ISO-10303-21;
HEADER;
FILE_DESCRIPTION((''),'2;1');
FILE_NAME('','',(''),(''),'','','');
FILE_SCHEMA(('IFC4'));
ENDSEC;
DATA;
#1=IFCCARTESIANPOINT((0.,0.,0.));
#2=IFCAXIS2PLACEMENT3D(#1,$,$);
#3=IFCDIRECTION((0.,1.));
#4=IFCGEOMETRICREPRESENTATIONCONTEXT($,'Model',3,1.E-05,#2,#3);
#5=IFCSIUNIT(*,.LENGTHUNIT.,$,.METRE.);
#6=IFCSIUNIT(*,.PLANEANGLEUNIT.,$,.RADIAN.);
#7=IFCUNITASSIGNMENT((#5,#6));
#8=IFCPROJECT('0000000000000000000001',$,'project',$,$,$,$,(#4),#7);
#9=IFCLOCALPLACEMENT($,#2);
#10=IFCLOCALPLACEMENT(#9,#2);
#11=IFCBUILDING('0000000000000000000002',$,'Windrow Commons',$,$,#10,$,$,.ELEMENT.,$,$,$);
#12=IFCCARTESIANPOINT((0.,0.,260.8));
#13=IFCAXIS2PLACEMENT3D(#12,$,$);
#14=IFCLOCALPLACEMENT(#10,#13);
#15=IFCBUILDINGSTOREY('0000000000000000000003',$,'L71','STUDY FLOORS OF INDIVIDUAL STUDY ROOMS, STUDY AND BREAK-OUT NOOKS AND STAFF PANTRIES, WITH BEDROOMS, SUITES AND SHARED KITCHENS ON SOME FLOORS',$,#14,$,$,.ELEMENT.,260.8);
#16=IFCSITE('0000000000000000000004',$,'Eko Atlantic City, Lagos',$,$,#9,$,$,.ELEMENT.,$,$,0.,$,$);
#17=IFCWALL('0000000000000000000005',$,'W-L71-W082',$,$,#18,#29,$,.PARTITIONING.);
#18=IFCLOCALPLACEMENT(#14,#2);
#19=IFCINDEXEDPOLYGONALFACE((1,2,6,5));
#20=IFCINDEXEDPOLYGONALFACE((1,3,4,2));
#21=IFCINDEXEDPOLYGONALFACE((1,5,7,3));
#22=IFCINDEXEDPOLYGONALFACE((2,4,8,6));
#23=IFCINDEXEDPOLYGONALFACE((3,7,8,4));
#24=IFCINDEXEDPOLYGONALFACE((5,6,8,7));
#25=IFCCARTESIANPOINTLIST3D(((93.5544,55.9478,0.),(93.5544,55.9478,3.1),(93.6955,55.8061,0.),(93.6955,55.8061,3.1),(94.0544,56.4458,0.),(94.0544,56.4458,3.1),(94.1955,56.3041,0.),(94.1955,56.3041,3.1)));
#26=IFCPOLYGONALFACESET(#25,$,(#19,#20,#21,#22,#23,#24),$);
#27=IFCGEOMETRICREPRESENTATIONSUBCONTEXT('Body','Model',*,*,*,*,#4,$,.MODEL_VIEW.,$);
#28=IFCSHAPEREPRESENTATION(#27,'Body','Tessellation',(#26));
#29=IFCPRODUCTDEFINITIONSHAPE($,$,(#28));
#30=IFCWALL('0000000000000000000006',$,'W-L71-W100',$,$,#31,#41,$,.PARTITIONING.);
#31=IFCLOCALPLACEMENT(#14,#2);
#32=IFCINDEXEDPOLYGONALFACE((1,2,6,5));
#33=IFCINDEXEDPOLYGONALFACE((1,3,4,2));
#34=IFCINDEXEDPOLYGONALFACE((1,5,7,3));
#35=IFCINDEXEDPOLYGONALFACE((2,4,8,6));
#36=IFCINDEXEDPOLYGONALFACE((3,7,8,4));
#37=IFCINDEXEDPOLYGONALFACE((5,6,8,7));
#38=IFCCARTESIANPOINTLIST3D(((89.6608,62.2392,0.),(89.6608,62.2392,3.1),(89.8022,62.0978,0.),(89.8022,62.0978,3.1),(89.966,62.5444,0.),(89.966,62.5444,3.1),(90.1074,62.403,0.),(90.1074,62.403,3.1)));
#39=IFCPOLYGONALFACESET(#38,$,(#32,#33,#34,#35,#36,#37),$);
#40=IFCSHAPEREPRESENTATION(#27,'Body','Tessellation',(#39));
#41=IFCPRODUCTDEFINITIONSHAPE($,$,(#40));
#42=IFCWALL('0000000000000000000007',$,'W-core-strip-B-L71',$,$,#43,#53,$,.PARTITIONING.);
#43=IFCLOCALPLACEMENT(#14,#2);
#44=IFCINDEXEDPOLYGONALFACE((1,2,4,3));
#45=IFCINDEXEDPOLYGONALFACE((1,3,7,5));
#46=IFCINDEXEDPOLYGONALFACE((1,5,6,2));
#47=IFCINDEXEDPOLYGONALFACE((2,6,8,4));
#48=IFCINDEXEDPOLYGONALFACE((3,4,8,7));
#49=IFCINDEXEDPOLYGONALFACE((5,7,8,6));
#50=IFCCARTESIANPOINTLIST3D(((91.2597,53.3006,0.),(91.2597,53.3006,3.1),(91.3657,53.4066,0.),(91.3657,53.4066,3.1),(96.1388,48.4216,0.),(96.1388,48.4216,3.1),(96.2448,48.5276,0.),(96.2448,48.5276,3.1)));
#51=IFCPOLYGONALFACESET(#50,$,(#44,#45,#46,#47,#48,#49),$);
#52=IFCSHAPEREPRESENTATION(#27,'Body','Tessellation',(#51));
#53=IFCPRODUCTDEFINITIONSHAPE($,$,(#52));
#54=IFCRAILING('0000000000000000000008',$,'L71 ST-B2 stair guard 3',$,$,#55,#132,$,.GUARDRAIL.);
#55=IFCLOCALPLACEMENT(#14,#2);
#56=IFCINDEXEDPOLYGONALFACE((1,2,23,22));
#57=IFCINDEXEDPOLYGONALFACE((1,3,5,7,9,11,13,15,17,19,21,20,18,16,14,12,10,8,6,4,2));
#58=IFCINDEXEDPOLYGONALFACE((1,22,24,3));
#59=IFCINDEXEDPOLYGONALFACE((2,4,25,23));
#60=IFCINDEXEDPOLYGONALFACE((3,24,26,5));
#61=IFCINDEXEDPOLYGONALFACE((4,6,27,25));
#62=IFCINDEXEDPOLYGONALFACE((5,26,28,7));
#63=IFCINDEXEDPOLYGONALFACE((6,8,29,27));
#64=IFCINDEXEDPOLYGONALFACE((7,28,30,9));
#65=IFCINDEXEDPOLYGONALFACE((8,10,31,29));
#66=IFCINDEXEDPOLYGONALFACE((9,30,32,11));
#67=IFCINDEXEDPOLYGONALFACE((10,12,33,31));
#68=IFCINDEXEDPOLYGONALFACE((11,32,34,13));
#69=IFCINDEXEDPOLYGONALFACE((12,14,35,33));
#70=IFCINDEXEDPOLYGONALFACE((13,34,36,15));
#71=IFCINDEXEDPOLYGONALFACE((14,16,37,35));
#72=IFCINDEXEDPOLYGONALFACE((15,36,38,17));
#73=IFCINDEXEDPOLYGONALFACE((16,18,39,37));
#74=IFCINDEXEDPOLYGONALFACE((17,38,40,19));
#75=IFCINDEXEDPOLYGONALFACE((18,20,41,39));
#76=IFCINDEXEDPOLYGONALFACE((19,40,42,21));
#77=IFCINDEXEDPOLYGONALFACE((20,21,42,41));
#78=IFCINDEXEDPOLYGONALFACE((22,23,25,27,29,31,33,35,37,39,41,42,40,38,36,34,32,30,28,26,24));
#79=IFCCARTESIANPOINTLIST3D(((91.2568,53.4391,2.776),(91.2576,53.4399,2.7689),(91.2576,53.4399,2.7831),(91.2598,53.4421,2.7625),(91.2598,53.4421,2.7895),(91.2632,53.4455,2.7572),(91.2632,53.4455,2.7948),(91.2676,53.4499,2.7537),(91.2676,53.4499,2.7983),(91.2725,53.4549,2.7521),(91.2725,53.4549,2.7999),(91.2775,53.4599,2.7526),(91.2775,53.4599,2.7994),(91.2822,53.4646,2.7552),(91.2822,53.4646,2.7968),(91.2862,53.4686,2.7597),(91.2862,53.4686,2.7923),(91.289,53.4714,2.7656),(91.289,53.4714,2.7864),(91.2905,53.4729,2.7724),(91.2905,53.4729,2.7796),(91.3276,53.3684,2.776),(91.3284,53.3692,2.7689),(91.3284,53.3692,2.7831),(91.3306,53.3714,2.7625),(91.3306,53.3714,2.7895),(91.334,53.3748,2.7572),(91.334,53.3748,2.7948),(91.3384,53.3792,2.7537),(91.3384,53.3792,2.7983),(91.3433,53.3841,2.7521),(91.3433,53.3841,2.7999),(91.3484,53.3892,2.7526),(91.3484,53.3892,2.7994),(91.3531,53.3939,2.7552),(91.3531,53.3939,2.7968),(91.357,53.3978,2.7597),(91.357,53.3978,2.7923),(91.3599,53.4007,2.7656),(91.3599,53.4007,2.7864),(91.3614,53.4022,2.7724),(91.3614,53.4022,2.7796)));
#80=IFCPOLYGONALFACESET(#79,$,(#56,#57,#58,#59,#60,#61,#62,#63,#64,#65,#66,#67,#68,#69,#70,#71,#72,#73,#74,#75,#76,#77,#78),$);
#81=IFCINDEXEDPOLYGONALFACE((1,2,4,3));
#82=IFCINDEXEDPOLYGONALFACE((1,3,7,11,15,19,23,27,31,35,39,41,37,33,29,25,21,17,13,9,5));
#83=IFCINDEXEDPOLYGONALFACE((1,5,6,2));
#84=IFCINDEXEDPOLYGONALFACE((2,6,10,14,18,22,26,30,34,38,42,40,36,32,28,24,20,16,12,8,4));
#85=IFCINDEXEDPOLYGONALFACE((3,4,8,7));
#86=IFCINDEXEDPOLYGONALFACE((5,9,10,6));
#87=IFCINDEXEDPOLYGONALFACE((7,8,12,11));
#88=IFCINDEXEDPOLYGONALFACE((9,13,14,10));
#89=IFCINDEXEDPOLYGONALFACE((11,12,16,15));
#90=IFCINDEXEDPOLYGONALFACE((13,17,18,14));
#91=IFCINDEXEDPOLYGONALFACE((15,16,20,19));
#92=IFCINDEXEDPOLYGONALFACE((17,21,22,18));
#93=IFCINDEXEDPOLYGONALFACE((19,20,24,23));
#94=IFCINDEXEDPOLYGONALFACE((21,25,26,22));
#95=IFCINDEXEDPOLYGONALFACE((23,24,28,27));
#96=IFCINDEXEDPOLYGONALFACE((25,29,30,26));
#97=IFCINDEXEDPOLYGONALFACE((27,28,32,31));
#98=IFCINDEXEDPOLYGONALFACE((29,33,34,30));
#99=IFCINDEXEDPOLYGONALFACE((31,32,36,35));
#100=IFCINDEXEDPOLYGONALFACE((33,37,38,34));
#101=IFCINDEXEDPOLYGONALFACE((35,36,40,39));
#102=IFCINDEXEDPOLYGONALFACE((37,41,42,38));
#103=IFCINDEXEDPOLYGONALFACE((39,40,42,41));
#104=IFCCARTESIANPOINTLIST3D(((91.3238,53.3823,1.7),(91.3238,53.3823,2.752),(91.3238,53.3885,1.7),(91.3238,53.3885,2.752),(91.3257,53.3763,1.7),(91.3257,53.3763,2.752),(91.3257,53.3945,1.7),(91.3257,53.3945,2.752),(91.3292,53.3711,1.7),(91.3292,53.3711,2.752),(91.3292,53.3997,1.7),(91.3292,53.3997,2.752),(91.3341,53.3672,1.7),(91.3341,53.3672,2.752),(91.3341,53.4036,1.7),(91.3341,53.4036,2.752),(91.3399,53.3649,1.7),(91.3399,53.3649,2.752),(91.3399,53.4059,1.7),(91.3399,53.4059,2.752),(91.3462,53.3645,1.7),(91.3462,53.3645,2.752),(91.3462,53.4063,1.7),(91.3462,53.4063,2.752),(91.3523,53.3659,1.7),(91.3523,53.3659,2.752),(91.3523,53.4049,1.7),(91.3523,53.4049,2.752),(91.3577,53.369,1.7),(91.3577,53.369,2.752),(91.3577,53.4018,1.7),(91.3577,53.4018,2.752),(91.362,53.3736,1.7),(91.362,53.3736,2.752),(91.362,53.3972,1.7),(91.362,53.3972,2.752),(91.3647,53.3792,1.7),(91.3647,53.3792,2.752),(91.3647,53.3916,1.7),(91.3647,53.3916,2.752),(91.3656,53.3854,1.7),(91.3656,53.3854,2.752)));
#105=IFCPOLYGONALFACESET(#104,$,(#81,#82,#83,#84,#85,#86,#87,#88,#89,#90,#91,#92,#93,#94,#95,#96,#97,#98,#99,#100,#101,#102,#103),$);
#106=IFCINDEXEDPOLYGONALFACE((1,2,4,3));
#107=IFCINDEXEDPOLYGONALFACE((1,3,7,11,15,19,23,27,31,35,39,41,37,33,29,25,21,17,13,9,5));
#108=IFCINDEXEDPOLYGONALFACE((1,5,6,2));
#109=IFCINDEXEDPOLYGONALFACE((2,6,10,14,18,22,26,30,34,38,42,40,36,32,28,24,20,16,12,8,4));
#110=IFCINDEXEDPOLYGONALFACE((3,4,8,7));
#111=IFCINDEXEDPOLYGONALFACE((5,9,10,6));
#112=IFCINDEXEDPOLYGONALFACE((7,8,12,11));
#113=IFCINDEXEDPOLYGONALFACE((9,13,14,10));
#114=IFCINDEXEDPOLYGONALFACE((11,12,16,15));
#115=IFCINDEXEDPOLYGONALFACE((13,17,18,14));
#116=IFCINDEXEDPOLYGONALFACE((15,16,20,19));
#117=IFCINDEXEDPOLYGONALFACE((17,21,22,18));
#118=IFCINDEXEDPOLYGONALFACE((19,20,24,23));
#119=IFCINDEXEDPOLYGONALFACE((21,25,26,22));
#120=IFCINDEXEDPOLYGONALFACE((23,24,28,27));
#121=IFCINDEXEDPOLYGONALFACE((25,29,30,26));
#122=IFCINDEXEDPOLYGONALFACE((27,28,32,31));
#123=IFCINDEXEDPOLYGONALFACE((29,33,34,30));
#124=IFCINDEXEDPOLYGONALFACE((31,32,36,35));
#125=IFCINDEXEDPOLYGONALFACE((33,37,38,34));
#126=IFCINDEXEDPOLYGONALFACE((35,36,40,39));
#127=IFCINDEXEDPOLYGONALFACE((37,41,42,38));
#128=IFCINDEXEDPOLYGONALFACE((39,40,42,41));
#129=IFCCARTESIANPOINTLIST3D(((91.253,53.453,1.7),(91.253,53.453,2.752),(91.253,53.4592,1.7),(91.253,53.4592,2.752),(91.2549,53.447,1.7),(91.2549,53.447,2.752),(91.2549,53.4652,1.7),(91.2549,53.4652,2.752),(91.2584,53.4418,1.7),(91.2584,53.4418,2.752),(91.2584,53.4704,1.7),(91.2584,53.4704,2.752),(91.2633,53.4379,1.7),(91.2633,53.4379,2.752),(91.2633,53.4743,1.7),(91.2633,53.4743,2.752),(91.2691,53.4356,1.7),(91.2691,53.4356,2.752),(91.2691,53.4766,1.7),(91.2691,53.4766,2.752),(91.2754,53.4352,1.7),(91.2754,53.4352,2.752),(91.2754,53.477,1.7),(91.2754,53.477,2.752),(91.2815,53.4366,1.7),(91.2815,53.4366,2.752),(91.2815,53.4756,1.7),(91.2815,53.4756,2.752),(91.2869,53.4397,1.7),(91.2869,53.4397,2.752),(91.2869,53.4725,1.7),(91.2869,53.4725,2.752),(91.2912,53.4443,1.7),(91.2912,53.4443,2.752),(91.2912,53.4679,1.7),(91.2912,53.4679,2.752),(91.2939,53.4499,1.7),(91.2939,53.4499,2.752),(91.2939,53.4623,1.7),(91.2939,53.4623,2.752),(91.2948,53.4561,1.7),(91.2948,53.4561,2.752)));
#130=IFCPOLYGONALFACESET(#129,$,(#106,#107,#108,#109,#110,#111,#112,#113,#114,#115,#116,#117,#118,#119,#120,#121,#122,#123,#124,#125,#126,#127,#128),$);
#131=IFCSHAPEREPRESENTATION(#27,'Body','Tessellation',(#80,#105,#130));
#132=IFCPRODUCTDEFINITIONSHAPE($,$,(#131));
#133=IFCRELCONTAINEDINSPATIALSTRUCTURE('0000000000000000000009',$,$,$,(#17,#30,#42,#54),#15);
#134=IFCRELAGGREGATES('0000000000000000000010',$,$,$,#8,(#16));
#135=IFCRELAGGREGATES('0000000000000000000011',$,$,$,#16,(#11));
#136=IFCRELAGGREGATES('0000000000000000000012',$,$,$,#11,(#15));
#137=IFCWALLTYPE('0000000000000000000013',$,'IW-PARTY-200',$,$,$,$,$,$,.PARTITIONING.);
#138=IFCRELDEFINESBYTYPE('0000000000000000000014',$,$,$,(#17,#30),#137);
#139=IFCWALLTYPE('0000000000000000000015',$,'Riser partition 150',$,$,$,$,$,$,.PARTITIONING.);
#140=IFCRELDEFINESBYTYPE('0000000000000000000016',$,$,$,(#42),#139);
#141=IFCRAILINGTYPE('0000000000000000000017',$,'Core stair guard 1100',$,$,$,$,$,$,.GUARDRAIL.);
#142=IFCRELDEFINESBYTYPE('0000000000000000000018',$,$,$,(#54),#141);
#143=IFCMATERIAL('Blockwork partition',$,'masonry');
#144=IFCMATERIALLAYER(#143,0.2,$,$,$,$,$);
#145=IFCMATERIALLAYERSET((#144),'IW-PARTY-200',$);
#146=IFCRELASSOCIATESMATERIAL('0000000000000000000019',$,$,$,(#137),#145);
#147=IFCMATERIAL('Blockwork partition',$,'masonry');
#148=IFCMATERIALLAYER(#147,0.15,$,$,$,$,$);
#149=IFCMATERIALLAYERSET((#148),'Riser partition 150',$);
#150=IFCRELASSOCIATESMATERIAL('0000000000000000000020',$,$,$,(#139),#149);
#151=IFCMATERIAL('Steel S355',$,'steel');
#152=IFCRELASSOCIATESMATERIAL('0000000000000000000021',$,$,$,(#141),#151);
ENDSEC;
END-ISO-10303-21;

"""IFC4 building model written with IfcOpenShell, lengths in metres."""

from ifc_helpers import new_model, si_unit, direction, frame, frame_2d, origin, origin_2d, place, context, subcontext, project, spatial, rectangle, circle, extrude, material, layer, layer_set, type_object, element, save


model = new_model("IFC4")

# Units and contexts
model_context = context("Model", 3, precision=1e-05, world=origin(), true_north=direction((0.0, 1.0)))
body_context = subcontext(model_context, "Body", "Model", "MODEL_VIEW")
ifc_project = project(units=[si_unit("LENGTHUNIT", "METRE"), si_unit("PLANEANGLEUNIT", "RADIAN")], contexts=[model_context])

# Site, building, storey
site_placement = place(None, origin())
site = spatial("IfcSite", under=ifc_project, at=site_placement, Name="Eko Atlantic City, Lagos", CompositionType="ELEMENT", RefElevation=0.0)
building_placement = place(site_placement, origin())
building = spatial("IfcBuilding", under=site, at=building_placement, Name="Windrow Commons", CompositionType="ELEMENT")
storey_placement = place(building_placement, frame((0.0, 0.0, 260.8)))
storey = spatial("IfcBuildingStorey", under=building, at=storey_placement, Name="L71", Description="STUDY FLOORS OF INDIVIDUAL STUDY ROOMS, STUDY AND BREAK-OUT NOOKS AND STAFF PANTRIES, WITH BEDROOMS, SUITES AND SHARED KITCHENS ON SOME FLOORS", CompositionType="ELEMENT", Elevation=260.8)

# Walls
ifc_material_1 = material(Name="Blockwork partition", Category="masonry")
ifc_layer_1 = layer(ifc_material_1, 0.2)
ifc_layer_set_1 = layer_set([ifc_layer_1], Name="IW-PARTY-200")
wall_type_1 = type_object("IfcWallType", Name="IW-PARTY-200", PredefinedType="PARTITIONING", material=ifc_layer_set_1)
wall_1_placement = place(storey_placement, frame((93.625, 55.877, 0.0), z_axis=(0.0, 0.0, 1.0), x_axis=(0.708522, 0.705688, 0.0)))
element("IfcWall", 1, at=wall_1_placement, inside=storey, type_object=wall_type_1, Name="W-L71-W082", PredefinedType="PARTITIONING", context=body_context, shape_type="SweptSolid", body=[
    extrude(rectangle(XDim=0.7057, YDim=0.2, at=frame_2d((0.3528, 0.0))), origin(), (0.0, 0.0, 1.0), 3.1),
])
wall_2_placement = place(storey_placement, frame((89.7315, 62.1685, 0.0), z_axis=(0.0, 0.0, 1.0), x_axis=(0.707107, 0.707107, 0.0)))
element("IfcWall", 2, at=wall_2_placement, inside=storey, type_object=wall_type_1, Name="W-L71-W100", PredefinedType="PARTITIONING", context=body_context, shape_type="SweptSolid", body=[
    extrude(rectangle(XDim=0.4316, YDim=0.2, at=frame_2d((0.2158, 0.0))), origin(), (0.0, 0.0, 1.0), 3.1),
])
ifc_material_2 = material(Name="Blockwork partition", Category="masonry")
ifc_layer_2 = layer(ifc_material_2, 0.15)
ifc_layer_set_2 = layer_set([ifc_layer_2], Name="Riser partition 150")
wall_type_2 = type_object("IfcWallType", Name="Riser partition 150", PredefinedType="PARTITIONING", material=ifc_layer_set_2)
wall_3_placement = place(storey_placement, frame((91.3127, 53.3536, 0.0), z_axis=(0.0, 0.0, 1.0), x_axis=(0.707114, -0.7071, 0.0)))
element("IfcWall", 3, at=wall_3_placement, inside=storey, type_object=wall_type_2, Name="W-core-strip-B-L71", PredefinedType="PARTITIONING", context=body_context, shape_type="SweptSolid", body=[
    extrude(rectangle(XDim=6.9, YDim=0.15, at=frame_2d((3.45, 0.0))), origin(), (0.0, 0.0, 1.0), 3.1),
])

# Railing
ifc_material_3 = material(Name="Steel S355", Category="steel")
railing_type = type_object("IfcRailingType", Name="Core stair guard 1100", PredefinedType="GUARDRAIL", material=ifc_material_3)
railing_placement = place(storey_placement, frame((91.3446, 53.3854, 1.7)))
element("IfcRailing", 4, at=railing_placement, inside=storey, type_object=railing_type, Name="L71 ST-B2 stair guard 3", PredefinedType="GUARDRAIL", context=body_context, shape_type="SweptSolid", body=[
    extrude(circle(Radius=0.024, at=origin_2d()), frame((0.0, 0.0, 1.076), z_axis=(-0.707606, 0.706607, 0.0), x_axis=(-0.706607, -0.707606, 0.0)), (0.0, 0.0, 1.0), 0.1001),
    extrude(circle(Radius=0.021, at=origin_2d()), origin(), (0.0, 0.0, 1.0), 1.052),
    extrude(circle(Radius=0.021, at=origin_2d()), frame((-0.0708, 0.0707, 0.0)), (0.0, 0.0, 1.0), 1.052),
])

save(model, "model.ifc")
